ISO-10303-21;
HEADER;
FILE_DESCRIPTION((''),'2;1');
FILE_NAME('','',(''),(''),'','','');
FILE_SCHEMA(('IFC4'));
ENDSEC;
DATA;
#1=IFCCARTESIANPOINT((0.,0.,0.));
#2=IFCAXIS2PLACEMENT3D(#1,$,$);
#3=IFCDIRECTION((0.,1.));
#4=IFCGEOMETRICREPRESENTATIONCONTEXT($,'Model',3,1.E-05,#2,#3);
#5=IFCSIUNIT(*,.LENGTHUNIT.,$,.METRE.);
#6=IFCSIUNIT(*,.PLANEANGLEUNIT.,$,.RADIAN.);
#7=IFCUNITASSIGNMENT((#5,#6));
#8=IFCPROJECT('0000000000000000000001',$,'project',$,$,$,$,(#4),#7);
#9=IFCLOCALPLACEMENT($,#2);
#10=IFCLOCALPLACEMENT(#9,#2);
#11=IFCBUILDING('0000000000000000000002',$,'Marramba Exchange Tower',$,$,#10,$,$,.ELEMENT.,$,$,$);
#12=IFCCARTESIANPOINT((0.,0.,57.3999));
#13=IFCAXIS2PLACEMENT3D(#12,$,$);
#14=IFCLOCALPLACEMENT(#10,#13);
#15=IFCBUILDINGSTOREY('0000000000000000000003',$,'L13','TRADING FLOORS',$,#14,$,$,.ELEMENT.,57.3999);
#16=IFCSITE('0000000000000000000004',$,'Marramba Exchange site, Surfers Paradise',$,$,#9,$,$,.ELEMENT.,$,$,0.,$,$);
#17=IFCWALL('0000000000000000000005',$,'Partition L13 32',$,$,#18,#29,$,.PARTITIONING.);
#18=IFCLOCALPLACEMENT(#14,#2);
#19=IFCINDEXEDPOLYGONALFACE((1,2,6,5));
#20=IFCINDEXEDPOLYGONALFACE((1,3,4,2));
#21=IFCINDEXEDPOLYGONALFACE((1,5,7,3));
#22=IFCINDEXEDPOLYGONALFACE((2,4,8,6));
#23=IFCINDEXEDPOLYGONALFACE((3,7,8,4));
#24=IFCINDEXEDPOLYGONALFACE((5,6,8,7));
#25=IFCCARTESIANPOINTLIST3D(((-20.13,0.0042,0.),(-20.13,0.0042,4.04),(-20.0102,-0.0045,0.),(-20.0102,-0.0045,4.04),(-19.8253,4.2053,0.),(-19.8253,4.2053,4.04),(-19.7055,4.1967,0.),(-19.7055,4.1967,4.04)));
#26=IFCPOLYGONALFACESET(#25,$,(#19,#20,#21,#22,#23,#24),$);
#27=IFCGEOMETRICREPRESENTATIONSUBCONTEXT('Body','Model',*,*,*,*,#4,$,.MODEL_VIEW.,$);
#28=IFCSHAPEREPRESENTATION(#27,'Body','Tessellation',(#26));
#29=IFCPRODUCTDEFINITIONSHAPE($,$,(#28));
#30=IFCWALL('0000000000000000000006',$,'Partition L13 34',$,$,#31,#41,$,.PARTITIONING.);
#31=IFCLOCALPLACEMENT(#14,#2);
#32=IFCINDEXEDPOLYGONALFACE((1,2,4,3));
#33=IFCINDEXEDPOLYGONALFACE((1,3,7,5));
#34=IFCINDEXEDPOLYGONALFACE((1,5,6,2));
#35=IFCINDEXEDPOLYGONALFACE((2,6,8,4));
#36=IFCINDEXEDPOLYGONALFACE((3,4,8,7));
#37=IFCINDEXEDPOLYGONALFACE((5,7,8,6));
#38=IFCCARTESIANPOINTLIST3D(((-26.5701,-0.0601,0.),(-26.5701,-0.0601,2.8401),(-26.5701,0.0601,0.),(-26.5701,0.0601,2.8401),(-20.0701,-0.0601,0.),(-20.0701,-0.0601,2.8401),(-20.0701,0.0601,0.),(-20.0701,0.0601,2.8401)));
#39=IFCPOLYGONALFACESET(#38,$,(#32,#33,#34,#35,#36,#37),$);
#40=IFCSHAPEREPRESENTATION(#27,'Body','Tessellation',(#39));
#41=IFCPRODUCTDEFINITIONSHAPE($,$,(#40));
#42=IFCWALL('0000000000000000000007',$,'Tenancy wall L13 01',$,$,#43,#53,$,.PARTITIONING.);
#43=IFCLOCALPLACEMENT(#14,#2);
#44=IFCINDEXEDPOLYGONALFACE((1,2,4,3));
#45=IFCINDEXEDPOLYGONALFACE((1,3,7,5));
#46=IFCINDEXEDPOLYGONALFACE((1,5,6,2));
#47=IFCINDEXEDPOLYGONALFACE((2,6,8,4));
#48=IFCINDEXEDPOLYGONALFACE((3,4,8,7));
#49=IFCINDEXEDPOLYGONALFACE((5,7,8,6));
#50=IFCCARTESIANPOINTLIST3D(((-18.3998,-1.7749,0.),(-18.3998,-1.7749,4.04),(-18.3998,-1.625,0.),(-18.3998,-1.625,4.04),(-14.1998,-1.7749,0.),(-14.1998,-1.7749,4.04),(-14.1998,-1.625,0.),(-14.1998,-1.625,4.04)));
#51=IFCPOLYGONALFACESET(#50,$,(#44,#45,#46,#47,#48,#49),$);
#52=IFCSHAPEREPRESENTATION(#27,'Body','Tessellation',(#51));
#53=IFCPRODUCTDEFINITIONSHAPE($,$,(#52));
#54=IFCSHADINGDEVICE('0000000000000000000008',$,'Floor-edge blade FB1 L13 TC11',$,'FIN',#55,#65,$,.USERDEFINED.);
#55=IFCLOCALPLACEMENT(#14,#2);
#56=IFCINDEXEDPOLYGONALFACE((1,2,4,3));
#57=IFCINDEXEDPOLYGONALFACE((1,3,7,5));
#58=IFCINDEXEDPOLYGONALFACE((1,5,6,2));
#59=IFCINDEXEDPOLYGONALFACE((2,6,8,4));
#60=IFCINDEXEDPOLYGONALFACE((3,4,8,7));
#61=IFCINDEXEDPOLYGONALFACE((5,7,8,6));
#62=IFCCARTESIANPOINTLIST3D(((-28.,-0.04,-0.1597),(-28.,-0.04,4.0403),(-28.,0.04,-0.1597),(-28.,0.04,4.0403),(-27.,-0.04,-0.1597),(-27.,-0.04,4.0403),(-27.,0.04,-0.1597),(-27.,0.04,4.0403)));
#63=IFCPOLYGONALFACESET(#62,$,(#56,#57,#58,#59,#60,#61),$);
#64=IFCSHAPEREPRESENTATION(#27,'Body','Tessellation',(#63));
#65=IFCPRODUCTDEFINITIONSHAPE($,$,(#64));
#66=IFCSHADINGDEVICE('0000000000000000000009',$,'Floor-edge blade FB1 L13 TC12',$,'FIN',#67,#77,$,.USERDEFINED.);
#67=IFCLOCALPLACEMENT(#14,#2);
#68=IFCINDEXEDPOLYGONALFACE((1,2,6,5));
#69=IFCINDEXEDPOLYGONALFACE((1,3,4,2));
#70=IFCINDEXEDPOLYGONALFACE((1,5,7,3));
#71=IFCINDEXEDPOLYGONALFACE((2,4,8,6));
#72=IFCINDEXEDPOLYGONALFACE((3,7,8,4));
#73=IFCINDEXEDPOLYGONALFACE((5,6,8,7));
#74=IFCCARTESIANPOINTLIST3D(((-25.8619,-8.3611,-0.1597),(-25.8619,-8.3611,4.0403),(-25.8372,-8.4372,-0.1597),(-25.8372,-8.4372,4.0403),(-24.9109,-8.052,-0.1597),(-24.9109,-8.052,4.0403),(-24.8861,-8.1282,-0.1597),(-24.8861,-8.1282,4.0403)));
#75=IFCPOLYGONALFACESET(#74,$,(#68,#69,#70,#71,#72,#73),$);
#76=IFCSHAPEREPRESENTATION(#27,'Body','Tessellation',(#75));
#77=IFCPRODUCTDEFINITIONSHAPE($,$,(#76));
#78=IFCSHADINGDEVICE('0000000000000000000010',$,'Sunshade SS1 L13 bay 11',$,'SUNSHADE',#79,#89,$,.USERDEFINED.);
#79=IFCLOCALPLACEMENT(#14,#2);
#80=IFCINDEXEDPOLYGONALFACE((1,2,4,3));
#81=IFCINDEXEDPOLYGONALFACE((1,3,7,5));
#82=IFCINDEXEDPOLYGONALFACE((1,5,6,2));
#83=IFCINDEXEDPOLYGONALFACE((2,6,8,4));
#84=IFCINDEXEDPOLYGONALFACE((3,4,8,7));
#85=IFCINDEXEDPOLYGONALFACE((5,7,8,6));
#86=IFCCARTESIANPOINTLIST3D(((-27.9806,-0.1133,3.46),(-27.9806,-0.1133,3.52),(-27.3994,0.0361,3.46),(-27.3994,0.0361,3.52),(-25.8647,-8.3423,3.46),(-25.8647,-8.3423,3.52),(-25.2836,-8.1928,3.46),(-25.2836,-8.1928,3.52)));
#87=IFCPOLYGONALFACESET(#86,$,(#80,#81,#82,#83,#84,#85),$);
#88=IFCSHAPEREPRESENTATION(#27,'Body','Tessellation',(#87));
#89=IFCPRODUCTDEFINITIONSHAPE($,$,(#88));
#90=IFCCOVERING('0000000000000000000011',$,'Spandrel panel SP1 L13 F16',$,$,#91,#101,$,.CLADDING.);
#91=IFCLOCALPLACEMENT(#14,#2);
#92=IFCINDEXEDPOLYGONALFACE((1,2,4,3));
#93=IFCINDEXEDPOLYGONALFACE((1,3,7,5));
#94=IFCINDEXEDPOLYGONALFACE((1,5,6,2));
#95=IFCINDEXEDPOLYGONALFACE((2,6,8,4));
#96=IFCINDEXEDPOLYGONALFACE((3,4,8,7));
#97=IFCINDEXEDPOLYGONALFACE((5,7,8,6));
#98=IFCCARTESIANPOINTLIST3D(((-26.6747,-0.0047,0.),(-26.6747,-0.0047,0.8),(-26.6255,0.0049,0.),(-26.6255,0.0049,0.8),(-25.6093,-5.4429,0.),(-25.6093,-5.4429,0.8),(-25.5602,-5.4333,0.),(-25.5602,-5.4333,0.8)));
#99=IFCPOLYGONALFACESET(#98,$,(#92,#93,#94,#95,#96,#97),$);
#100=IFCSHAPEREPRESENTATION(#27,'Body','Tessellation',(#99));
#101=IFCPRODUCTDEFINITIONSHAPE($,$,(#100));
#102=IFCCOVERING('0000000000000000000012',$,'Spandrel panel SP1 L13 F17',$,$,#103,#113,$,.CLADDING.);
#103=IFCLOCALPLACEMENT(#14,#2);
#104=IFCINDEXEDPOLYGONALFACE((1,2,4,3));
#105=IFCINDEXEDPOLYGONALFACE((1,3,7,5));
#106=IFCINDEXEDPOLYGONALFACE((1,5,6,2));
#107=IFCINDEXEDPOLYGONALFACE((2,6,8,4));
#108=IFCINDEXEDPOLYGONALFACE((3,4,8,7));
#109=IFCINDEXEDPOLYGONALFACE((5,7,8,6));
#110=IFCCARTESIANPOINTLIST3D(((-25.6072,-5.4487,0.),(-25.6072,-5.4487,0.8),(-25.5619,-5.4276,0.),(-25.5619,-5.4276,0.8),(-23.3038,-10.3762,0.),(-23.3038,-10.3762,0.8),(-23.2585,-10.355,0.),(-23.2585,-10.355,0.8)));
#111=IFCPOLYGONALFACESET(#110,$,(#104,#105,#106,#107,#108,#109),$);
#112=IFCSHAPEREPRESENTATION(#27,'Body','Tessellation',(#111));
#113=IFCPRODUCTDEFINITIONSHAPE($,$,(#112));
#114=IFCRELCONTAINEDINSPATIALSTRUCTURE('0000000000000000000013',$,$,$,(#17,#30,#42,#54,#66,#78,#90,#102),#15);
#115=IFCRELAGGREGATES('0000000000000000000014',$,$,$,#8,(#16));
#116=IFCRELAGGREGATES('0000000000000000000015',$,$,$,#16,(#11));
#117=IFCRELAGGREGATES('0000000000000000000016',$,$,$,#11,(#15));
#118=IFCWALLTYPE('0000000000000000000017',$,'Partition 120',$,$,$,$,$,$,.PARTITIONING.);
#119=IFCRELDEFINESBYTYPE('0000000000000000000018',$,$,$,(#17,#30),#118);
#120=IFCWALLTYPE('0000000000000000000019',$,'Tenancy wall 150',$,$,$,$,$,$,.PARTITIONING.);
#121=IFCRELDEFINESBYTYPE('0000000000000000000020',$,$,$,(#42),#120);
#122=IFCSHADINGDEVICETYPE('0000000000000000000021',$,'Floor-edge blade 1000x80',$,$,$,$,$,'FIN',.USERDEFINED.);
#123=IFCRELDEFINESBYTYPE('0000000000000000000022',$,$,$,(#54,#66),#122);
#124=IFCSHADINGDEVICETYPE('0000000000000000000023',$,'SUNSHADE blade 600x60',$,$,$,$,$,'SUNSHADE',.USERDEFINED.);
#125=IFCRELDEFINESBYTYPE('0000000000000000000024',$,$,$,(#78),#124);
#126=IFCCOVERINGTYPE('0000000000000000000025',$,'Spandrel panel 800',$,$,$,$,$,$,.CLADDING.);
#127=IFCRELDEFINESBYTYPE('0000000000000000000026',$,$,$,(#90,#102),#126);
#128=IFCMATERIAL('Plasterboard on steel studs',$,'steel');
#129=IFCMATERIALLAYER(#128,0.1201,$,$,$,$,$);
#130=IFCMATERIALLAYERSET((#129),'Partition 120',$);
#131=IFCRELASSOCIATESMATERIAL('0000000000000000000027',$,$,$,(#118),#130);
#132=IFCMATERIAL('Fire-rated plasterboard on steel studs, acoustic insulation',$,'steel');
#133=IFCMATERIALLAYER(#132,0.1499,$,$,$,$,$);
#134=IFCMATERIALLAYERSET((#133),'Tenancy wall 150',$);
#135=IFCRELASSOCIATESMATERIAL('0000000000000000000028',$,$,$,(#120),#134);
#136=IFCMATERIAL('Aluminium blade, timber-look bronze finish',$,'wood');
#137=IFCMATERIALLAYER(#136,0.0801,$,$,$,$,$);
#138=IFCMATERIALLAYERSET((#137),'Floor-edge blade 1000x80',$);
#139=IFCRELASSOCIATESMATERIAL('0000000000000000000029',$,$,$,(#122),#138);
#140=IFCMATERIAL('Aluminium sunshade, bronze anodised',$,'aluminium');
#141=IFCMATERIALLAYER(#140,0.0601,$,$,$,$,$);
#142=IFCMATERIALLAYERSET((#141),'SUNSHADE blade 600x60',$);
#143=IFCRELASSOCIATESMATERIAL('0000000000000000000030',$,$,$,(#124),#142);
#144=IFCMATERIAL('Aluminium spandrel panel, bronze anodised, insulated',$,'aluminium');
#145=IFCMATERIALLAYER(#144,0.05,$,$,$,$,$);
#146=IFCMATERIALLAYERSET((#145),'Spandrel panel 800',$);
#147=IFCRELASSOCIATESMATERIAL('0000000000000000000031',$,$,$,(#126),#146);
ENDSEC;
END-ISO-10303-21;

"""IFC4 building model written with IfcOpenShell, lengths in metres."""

from ifc_helpers import new_model, si_unit, direction, frame, frame_2d, origin, origin_2d, place, context, subcontext, project, spatial, rectangle, extrude, material, layer, layer_set, type_object, element, save


model = new_model("IFC4")

# Units and contexts
model_context = context("Model", 3, precision=1e-05, world=origin(), true_north=direction((0.0, 1.0)))
body_context = subcontext(model_context, "Body", "Model", "MODEL_VIEW")
ifc_project = project(units=[si_unit("LENGTHUNIT", "METRE"), si_unit("PLANEANGLEUNIT", "RADIAN")], contexts=[model_context])

# Site, building, storey
site_placement = place(None, origin())
site = spatial("IfcSite", under=ifc_project, at=site_placement, Name="Marramba Exchange site, Surfers Paradise", CompositionType="ELEMENT", RefElevation=0.0)
building_placement = place(site_placement, origin())
building = spatial("IfcBuilding", under=site, at=building_placement, Name="Marramba Exchange Tower", CompositionType="ELEMENT")
storey_placement = place(building_placement, frame((0.0, 0.0, 57.3999)))
storey = spatial("IfcBuildingStorey", under=building, at=storey_placement, Name="L13", Description="TRADING FLOORS", CompositionType="ELEMENT", Elevation=57.3999)

# Shared definitions
ifc_material_1 = material(Name="Plasterboard on steel studs", Category="steel")
ifc_layer_1 = layer(ifc_material_1, 0.1201)
ifc_layer_set_1 = layer_set([ifc_layer_1], Name="Partition 120")
wall_type_1 = type_object("IfcWallType", Name="Partition 120", PredefinedType="PARTITIONING", material=ifc_layer_set_1)

# Walls
wall_1_placement = place(storey_placement, frame((-20.0701, 0.0, 0.0), z_axis=(0.0, 0.0, 1.0), x_axis=(0.072334, 0.99738, 0.0)))
element("IfcWall", 1, at=wall_1_placement, inside=storey, type_object=wall_type_1, Name="Partition L13 32", PredefinedType="PARTITIONING", context=body_context, shape_type="SweptSolid", body=[
    extrude(rectangle(XDim=4.2122, YDim=0.1201, at=frame_2d((2.106, 0.0))), origin(), (0.0, 0.0, 1.0), 4.04),
])
wall_2_placement = place(storey_placement, frame((-26.5701, 0.0, 0.0), z_axis=(0.0, 0.0, 1.0), x_axis=(1.0, 0.0, 0.0)))
element("IfcWall", 2, at=wall_2_placement, inside=storey, type_object=wall_type_1, Name="Partition L13 34", PredefinedType="PARTITIONING", context=body_context, shape_type="SweptSolid", body=[
    extrude(rectangle(XDim=6.5, YDim=0.1201, at=frame_2d((3.25, 0.0))), origin(), (0.0, 0.0, 1.0), 2.8401),
])
ifc_material_2 = material(Name="Fire-rated plasterboard on steel studs, acoustic insulation", Category="steel")
ifc_layer_2 = layer(ifc_material_2, 0.1499)
ifc_layer_set_2 = layer_set([ifc_layer_2], Name="Tenancy wall 150")
wall_type_2 = type_object("IfcWallType", Name="Tenancy wall 150", PredefinedType="PARTITIONING", material=ifc_layer_set_2)
wall_3_placement = place(storey_placement, frame((-18.3999, -1.7, 0.0), z_axis=(0.0, 0.0, 1.0), x_axis=(1.0, 0.0, 0.0)))
element("IfcWall", 3, at=wall_3_placement, inside=storey, type_object=wall_type_2, Name="Tenancy wall L13 01", PredefinedType="PARTITIONING", context=body_context, shape_type="SweptSolid", body=[
    extrude(rectangle(XDim=4.2, YDim=0.1499, at=frame_2d((2.1001, 0.0))), origin(), (0.0, 0.0, 1.0), 4.04),
])

# Shading devices
ifc_material_3 = material(Name="Aluminium blade, timber-look bronze finish", Category="wood")
ifc_layer_3 = layer(ifc_material_3, 0.0801)
ifc_layer_set_3 = layer_set([ifc_layer_3], Name="Floor-edge blade 1000x80")
shading_device_type_1 = type_object("IfcShadingDeviceType", Name="Floor-edge blade 1000x80", ElementType="FIN", PredefinedType="USERDEFINED", material=ifc_layer_set_3)
for number, where, z_axis, x_axis, name in (
    (4, (-27.5, 0.0, -0.1597), (0.0, 0.0, 1.0), (-1.0, 0.0, 0.0), "Floor-edge blade FB1 L13 TC11"),
    (5, (-25.374, -8.2446, -0.1597), (0.0, 0.0, 1.0), (-0.951057, -0.309017, 0.0), "Floor-edge blade FB1 L13 TC12"),
):
    element("IfcShadingDevice", number, at=place(storey_placement, frame(where, z_axis=z_axis, x_axis=x_axis)), inside=storey, type_object=shading_device_type_1, Name=name, ObjectType="FIN", PredefinedType="USERDEFINED", context=body_context, shape_type="SweptSolid", body=[
        extrude(rectangle(XDim=1.0, YDim=0.0801, at=origin_2d()), origin(), (0.0, 0.0, 1.0), 4.2),
    ])
ifc_material_4 = material(Name="Aluminium sunshade, bronze anodised", Category="aluminium")
ifc_layer_4 = layer(ifc_material_4, 0.0601)
ifc_layer_set_4 = layer_set([ifc_layer_4], Name="SUNSHADE blade 600x60")
shading_device_type_2 = type_object("IfcShadingDeviceType", Name="SUNSHADE blade 600x60", ElementType="SUNSHADE", PredefinedType="USERDEFINED", material=ifc_layer_set_4)
shading_device_placement = place(storey_placement, frame((-26.6321, -4.1531, 3.46), z_axis=(0.0, 0.0, 1.0), x_axis=(0.249025, -0.968497, 0.0)))
element("IfcShadingDevice", 6, at=shading_device_placement, inside=storey, type_object=shading_device_type_2, Name="Sunshade SS1 L13 bay 11", ObjectType="SUNSHADE", PredefinedType="USERDEFINED", context=body_context, shape_type="SweptSolid", body=[
    extrude(rectangle(XDim=8.4966, YDim=0.6001, at=origin_2d()), origin(), (0.0, 0.0, 1.0), 0.0601),
])

# Coverings
ifc_material_5 = material(Name="Aluminium spandrel panel, bronze anodised, insulated", Category="aluminium")
ifc_layer_5 = layer(ifc_material_5, 0.05)
ifc_layer_set_5 = layer_set([ifc_layer_5], Name="Spandrel panel 800")
covering_type = type_object("IfcCoveringType", Name="Spandrel panel 800", PredefinedType="CLADDING", material=ifc_layer_set_5)
covering_1_placement = place(storey_placement, frame((-26.1174, -2.719, 0.0), z_axis=(0.0, 0.0, 1.0), x_axis=(0.192249, -0.981346, 0.0)))
element("IfcCovering", 7, at=covering_1_placement, inside=storey, type_object=covering_type, Name="Spandrel panel SP1 L13 F16", PredefinedType="CLADDING", context=body_context, shape_type="SweptSolid", body=[
    extrude(rectangle(XDim=5.5415, YDim=0.05, at=origin_2d()), origin(), (0.0, 0.0, 1.0), 0.8),
])
covering_2_placement = place(storey_placement, frame((-24.4329, -7.9019, 0.0), z_axis=(0.0, 0.0, 1.0), x_axis=(0.423477, -0.905907, 0.0)))
element("IfcCovering", 8, at=covering_2_placement, inside=storey, type_object=covering_type, Name="Spandrel panel SP1 L13 F17", PredefinedType="CLADDING", context=body_context, shape_type="SweptSolid", body=[
    extrude(rectangle(XDim=5.4392, YDim=0.05, at=origin_2d()), origin(), (0.0, 0.0, 1.0), 0.8),
])

save(model, "model.ifc")
